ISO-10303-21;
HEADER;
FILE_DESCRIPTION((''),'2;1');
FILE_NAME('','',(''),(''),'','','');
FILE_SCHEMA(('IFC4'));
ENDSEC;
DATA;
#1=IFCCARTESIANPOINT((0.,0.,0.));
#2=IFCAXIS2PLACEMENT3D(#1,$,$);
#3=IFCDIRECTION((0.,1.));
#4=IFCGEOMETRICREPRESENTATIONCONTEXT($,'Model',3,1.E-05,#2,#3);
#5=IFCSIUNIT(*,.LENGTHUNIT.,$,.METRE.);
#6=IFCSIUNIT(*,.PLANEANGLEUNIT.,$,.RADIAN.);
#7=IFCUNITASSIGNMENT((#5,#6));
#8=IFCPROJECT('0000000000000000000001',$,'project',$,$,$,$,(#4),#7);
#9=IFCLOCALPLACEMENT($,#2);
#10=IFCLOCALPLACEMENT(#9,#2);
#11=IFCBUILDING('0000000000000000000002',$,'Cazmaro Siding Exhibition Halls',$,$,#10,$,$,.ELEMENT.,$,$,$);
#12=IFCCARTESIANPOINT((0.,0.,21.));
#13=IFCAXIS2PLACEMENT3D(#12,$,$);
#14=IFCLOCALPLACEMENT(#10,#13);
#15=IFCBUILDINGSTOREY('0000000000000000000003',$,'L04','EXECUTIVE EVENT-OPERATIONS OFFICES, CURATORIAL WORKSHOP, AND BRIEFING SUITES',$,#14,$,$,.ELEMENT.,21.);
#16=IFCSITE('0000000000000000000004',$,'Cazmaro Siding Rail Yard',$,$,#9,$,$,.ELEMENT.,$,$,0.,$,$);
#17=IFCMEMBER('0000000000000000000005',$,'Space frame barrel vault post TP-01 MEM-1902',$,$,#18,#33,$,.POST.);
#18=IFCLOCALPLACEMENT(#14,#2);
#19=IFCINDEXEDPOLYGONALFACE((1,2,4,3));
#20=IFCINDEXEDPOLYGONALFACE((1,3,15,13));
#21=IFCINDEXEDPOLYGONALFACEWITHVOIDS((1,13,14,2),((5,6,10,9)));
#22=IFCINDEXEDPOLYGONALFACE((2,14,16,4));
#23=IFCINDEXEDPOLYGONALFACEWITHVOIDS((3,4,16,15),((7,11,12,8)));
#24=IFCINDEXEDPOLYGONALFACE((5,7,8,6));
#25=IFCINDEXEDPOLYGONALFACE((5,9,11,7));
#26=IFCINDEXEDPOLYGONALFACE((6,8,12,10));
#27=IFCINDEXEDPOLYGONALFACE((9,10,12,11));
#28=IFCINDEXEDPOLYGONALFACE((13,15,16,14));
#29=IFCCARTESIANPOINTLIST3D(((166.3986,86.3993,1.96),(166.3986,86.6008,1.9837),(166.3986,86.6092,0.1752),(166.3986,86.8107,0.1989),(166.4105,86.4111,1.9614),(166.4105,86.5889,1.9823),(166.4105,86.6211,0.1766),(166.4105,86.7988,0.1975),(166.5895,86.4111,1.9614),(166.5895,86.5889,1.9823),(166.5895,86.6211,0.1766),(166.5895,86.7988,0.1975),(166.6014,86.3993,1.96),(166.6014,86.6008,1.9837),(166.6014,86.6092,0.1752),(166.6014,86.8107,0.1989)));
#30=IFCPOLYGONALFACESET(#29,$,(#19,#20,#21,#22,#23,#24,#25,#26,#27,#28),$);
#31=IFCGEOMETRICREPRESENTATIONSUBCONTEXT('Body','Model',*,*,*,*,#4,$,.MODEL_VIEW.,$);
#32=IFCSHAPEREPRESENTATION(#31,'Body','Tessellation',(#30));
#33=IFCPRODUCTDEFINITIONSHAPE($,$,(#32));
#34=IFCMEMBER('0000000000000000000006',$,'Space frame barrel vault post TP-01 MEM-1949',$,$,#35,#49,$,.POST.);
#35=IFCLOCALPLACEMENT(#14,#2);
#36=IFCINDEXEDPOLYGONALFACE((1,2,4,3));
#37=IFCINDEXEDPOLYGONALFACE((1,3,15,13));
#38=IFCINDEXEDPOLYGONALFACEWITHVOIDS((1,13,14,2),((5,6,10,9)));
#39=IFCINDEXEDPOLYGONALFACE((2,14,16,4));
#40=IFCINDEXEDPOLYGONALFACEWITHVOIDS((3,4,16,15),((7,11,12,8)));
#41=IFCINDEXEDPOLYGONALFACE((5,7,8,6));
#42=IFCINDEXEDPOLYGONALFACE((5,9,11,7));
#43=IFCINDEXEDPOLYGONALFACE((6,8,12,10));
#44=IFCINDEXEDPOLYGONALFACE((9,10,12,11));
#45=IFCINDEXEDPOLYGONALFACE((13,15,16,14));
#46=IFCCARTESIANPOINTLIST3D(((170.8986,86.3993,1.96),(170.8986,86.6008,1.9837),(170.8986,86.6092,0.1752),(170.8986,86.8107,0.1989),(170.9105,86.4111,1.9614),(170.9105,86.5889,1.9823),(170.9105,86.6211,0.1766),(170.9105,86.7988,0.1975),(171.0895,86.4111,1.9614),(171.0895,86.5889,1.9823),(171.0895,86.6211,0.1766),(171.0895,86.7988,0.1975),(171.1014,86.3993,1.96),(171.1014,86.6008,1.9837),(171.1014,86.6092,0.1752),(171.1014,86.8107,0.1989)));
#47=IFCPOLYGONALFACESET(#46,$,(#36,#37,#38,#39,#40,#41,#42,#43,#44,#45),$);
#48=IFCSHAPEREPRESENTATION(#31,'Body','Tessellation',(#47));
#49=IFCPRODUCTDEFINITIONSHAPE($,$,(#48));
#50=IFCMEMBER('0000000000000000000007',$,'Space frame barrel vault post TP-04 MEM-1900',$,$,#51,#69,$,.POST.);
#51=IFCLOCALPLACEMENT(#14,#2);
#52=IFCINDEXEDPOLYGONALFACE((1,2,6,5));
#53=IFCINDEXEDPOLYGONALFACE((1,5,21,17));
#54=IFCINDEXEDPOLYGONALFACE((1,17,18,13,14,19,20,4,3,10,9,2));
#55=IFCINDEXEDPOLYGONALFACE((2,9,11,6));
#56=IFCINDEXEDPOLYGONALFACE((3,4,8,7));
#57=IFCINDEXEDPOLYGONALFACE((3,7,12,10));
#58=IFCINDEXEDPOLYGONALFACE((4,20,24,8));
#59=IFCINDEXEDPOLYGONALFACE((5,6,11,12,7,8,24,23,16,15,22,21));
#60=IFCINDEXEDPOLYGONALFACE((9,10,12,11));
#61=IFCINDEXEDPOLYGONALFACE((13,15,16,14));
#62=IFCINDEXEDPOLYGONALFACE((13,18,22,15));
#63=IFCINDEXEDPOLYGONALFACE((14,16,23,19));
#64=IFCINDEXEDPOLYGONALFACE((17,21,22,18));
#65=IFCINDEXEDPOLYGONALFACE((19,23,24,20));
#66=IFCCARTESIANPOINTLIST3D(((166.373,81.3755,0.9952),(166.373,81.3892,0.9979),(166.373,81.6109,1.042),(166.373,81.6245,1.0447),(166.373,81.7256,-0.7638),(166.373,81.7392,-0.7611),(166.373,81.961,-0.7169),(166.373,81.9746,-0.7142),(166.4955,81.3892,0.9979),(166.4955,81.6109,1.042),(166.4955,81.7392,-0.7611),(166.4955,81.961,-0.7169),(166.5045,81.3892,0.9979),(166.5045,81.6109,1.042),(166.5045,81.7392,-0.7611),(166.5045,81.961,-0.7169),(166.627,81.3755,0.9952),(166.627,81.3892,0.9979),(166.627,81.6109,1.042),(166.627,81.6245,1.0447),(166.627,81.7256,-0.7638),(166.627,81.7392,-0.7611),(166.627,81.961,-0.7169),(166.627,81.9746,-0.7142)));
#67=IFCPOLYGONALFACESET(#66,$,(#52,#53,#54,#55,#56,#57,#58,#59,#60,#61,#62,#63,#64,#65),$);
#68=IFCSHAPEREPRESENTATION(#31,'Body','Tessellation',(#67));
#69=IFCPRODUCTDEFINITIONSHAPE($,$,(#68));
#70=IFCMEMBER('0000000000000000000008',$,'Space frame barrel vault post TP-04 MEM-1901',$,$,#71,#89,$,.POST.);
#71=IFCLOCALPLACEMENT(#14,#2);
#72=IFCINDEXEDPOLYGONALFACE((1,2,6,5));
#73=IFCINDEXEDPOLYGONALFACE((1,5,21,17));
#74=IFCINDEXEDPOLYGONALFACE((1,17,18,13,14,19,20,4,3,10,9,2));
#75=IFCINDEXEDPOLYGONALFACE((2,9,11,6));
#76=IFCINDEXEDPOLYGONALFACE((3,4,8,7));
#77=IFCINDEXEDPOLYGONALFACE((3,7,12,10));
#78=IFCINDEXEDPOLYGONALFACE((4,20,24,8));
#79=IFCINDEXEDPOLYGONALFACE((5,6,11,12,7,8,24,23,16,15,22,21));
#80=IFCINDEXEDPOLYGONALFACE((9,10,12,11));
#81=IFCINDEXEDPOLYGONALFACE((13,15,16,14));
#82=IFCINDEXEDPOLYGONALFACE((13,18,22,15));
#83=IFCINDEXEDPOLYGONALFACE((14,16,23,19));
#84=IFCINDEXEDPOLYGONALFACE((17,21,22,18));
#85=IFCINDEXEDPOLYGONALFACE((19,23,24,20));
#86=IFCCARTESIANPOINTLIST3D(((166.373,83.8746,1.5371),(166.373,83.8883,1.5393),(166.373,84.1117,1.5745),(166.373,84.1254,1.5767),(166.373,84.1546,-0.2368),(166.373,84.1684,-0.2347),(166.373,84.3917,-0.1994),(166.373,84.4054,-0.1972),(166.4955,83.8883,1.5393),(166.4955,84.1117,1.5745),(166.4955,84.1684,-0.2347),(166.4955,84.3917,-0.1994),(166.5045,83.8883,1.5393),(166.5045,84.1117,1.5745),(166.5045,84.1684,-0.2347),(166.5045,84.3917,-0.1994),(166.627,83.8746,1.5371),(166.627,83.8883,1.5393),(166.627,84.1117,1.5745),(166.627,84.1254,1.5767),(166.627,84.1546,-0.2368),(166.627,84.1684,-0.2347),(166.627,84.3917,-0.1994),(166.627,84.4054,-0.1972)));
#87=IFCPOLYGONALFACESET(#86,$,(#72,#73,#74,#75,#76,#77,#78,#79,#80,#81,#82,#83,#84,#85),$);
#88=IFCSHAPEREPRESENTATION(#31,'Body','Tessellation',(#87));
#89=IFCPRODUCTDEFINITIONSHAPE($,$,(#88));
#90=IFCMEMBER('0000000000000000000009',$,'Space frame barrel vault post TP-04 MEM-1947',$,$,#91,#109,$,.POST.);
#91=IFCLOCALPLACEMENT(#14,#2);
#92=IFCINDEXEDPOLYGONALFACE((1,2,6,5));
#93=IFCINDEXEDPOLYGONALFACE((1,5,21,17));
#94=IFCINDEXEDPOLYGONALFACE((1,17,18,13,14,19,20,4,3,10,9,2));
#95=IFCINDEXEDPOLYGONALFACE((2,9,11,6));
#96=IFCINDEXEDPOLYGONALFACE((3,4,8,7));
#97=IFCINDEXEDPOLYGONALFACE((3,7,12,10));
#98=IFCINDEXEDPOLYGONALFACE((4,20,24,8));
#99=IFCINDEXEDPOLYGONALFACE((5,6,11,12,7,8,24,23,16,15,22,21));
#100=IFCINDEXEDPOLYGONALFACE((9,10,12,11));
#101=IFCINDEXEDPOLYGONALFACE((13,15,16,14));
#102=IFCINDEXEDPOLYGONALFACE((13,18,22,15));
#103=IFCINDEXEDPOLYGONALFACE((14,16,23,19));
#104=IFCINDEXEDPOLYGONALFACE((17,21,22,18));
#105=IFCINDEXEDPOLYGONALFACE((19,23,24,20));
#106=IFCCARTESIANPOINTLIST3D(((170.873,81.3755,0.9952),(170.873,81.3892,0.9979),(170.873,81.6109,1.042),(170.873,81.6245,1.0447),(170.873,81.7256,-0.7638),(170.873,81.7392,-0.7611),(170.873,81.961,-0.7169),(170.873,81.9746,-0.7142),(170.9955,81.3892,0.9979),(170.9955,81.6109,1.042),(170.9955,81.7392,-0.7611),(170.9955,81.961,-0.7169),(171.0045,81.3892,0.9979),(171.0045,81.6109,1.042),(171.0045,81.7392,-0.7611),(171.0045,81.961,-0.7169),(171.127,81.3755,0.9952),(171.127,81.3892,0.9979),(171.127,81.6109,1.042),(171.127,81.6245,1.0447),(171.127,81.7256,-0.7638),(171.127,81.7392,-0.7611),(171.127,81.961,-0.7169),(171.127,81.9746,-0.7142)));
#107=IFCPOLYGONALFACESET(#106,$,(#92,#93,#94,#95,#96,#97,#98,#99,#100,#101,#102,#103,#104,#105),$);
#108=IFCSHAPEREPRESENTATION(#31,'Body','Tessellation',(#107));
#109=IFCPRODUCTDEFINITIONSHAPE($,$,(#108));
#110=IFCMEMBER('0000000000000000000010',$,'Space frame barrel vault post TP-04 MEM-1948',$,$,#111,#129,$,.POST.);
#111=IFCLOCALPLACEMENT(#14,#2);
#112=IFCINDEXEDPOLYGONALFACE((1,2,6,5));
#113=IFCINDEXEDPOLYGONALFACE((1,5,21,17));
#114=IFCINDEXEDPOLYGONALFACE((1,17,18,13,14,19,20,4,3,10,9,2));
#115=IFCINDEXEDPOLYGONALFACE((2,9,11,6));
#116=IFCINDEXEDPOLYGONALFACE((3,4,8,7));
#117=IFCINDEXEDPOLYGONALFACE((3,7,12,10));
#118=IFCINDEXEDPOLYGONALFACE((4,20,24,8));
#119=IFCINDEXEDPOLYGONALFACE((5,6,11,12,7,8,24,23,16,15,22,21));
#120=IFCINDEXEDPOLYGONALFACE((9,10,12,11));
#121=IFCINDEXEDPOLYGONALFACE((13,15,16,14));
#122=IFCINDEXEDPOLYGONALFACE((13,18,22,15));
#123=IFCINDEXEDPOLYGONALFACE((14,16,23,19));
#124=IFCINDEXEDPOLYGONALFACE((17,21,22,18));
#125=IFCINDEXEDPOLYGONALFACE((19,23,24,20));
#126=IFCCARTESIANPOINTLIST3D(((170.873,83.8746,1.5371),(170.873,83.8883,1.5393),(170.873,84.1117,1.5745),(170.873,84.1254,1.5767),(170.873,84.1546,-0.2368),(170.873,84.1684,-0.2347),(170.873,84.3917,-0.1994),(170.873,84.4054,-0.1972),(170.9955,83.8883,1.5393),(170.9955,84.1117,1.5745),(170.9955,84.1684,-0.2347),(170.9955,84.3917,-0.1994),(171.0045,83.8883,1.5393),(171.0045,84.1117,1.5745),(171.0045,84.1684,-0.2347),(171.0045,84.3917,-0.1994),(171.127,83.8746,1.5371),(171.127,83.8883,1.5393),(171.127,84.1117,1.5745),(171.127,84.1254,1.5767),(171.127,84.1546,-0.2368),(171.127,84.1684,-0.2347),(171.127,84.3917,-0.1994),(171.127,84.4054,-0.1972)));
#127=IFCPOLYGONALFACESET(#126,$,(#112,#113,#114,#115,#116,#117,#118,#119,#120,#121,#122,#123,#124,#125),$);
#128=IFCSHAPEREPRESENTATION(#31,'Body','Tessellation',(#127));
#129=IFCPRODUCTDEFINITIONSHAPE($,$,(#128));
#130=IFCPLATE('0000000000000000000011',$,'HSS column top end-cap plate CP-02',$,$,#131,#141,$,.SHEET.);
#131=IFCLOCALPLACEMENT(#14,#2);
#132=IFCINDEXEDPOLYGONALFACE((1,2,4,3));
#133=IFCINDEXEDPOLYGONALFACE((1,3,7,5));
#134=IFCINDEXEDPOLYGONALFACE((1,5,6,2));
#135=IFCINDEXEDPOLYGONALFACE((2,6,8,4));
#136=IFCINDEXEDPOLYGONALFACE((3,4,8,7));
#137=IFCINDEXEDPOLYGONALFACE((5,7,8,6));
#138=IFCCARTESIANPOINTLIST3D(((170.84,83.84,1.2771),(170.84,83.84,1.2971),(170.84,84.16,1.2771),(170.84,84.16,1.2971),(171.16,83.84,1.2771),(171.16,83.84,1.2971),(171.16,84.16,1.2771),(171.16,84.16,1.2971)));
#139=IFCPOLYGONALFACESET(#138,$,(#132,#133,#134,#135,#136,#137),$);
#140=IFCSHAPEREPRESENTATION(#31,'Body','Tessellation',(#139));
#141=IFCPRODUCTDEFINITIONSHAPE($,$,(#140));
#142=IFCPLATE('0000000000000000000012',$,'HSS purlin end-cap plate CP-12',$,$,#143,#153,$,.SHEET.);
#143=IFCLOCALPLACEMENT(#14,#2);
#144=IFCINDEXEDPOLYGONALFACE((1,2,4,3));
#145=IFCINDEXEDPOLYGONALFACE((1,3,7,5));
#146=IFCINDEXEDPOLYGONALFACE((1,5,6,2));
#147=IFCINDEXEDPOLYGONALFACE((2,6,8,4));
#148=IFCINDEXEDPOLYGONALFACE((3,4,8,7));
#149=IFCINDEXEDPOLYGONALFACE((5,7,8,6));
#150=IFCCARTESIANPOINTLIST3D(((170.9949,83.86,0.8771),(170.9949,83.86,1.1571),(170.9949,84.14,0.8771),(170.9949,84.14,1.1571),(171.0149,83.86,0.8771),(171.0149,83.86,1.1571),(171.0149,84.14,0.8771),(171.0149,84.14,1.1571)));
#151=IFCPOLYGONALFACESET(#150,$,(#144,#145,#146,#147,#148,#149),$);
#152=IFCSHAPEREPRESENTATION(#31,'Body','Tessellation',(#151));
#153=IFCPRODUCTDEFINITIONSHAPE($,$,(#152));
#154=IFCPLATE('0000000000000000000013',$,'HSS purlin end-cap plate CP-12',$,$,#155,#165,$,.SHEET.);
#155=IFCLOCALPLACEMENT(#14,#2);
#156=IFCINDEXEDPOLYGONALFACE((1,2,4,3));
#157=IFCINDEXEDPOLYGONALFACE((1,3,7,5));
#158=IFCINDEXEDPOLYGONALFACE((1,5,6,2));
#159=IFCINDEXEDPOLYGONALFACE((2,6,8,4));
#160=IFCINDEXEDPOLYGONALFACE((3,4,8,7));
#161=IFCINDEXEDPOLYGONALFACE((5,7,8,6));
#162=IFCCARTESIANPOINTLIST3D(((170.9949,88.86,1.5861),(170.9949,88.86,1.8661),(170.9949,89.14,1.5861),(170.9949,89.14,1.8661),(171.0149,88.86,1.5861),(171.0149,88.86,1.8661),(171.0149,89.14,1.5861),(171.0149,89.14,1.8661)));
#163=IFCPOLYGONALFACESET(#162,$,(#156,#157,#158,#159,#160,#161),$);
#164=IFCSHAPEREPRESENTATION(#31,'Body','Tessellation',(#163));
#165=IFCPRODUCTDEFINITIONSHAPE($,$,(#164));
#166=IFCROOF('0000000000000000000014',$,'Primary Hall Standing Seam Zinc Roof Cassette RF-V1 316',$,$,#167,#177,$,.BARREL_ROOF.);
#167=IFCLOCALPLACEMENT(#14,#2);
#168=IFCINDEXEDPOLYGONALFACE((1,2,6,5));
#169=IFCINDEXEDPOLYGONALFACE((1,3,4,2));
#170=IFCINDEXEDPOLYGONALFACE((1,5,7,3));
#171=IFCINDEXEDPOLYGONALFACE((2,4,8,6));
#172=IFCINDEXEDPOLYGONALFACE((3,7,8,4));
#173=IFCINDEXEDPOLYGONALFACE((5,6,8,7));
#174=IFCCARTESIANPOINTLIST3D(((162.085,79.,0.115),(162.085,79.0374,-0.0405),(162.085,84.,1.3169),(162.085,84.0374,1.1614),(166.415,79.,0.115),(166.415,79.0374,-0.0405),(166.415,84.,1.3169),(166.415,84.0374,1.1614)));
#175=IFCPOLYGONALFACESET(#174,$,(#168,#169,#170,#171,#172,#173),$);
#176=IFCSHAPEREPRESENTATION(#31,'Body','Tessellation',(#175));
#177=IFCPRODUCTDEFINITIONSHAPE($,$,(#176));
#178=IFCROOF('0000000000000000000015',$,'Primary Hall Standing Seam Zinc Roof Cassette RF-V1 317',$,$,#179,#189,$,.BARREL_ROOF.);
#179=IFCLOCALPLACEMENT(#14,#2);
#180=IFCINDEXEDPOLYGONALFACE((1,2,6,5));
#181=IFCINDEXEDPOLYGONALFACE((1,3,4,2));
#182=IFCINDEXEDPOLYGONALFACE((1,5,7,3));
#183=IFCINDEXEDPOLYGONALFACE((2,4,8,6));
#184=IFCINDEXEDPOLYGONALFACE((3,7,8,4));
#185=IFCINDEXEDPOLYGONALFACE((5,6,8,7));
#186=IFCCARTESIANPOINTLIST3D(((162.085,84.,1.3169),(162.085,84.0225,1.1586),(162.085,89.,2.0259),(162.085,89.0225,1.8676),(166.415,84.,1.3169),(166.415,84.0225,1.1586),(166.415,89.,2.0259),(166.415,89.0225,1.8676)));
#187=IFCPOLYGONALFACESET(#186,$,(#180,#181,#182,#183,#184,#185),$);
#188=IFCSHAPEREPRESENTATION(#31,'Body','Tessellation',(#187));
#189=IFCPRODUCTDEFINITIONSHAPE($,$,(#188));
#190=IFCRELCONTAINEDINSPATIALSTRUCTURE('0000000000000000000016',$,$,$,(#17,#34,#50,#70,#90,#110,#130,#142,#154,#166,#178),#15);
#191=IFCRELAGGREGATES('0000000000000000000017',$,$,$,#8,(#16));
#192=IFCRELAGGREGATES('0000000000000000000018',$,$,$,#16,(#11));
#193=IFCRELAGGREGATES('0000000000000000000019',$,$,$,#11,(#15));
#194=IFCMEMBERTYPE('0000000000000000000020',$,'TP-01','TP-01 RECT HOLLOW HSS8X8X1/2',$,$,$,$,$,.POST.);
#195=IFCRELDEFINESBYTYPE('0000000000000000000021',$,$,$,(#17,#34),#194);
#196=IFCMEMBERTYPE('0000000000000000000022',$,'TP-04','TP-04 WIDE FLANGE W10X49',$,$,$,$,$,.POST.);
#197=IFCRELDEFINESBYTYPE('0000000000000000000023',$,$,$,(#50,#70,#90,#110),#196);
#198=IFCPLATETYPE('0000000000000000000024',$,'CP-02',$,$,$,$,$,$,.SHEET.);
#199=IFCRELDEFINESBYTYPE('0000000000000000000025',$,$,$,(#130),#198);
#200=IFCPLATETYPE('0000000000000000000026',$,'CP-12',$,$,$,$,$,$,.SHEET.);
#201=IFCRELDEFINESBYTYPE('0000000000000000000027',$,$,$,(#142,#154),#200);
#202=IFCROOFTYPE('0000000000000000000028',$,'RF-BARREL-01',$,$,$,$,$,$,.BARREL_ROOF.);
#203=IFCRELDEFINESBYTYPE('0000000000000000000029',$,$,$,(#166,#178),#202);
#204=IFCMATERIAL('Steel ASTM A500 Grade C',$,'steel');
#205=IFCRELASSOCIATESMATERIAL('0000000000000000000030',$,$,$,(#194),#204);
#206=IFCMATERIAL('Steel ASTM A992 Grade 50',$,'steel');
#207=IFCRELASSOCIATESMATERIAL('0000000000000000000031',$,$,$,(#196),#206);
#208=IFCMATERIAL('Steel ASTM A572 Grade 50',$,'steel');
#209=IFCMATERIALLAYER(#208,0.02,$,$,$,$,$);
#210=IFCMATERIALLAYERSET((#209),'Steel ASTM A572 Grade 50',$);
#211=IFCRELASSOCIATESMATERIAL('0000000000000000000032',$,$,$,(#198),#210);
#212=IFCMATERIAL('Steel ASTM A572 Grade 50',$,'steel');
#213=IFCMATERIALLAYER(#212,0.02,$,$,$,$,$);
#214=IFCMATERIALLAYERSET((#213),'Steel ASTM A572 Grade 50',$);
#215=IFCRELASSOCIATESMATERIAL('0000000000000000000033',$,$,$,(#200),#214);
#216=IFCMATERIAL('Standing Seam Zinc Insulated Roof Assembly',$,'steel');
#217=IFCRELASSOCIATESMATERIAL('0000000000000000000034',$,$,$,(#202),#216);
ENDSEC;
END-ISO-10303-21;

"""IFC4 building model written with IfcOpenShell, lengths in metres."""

from ifc_helpers import new_model, si_unit, direction, frame, origin, origin_2d, place, context, subcontext, project, spatial, polyline, rectangle, hollow_rectangle, i_section, outline, extrude, material, layer, layer_set, material_profile, profile_set, type_object, element, save


model = new_model("IFC4")

# Units and contexts
model_context = context("Model", 3, precision=1e-05, world=origin(), true_north=direction((0.0, 1.0)))
body_context = subcontext(model_context, "Body", "Model", "MODEL_VIEW")
ifc_project = project(units=[si_unit("LENGTHUNIT", "METRE"), si_unit("PLANEANGLEUNIT", "RADIAN")], contexts=[model_context])

# Site, building, storey
site_placement = place(None, origin())
site = spatial("IfcSite", under=ifc_project, at=site_placement, Name="Cazmaro Siding Rail Yard", CompositionType="ELEMENT", RefElevation=0.0)
building_placement = place(site_placement, origin())
building = spatial("IfcBuilding", under=site, at=building_placement, Name="Cazmaro Siding Exhibition Halls", CompositionType="ELEMENT")
storey_placement = place(building_placement, frame((0.0, 0.0, 21.0)))
storey = spatial("IfcBuildingStorey", under=building, at=storey_placement, Name="L04", Description="EXECUTIVE EVENT-OPERATIONS OFFICES, CURATORIAL WORKSHOP, AND BRIEFING SUITES", CompositionType="ELEMENT", Elevation=21.0)

# Members
ifc_material_1 = material(Name="Steel ASTM A500 Grade C", Category="steel")
ifc_material_profile_1 = material_profile(ifc_material_1, hollow_rectangle(XDim=0.2029, YDim=0.2029, WallThickness=0.012, at=origin_2d()), Name="HSS8X8X1/2")
ifc_profile_set_1 = profile_set([ifc_material_profile_1], Name="Steel ASTM A500 Grade C")
member_type_1 = type_object("IfcMemberType", Name="TP-01", Description="TP-01 RECT HOLLOW HSS8X8X1/2", PredefinedType="POST", material=ifc_profile_set_1)
for number, where, z_axis, x_axis, name in (
    (1, (166.5, 86.71, 0.187), (0.0, -0.116825, 0.993152), (1.0, 0.0, 0.0), "Space frame barrel vault post TP-01 MEM-1902"),
    (2, (171.0, 86.71, 0.187), (0.0, -0.116825, 0.993152), (1.0, 0.0, 0.0), "Space frame barrel vault post TP-01 MEM-1949"),
):
    element("IfcMember", number, at=place(storey_placement, frame(where, z_axis=z_axis, x_axis=x_axis)), inside=storey, type_object=member_type_1, Name=name, PredefinedType="POST", context=body_context, shape_type="SweptSolid", body=[
        extrude(hollow_rectangle(XDim=0.2029, YDim=0.2029, WallThickness=0.012, at=origin_2d()), origin(), (0.0, 0.0, 1.0), 1.7971),
    ])
ifc_material_2 = material(Name="Steel ASTM A992 Grade 50", Category="steel")
ifc_material_profile_2 = material_profile(ifc_material_2, i_section(OverallWidth=0.2539, OverallDepth=0.2539, WebThickness=0.009, FlangeThickness=0.0139, at=origin_2d()), Name="W10X49")
ifc_profile_set_2 = profile_set([ifc_material_profile_2], Name="Steel ASTM A992 Grade 50")
member_type_2 = type_object("IfcMemberType", Name="TP-04", Description="TP-04 WIDE FLANGE W10X49", PredefinedType="POST", material=ifc_profile_set_2)
member_1_placement = place(storey_placement, frame((166.5, 81.8501, -0.739), z_axis=(0.0, -0.1952, 0.980763), x_axis=(1.0, 0.0, 0.0)))
element("IfcMember", 3, at=member_1_placement, inside=storey, type_object=member_type_2, Name="Space frame barrel vault post TP-04 MEM-1900", PredefinedType="POST", context=body_context, shape_type="SweptSolid", body=[
    extrude(i_section(OverallWidth=0.2539, OverallDepth=0.2539, WebThickness=0.009, FlangeThickness=0.0139, at=origin_2d()), origin(), (0.0, 0.0, 1.0), 1.7935),
])
member_2_placement = place(storey_placement, frame((166.5, 84.28, -0.217), z_axis=(0.0, -0.155928, 0.987768), x_axis=(1.0, 0.0, 0.0)))
element("IfcMember", 4, at=member_2_placement, inside=storey, type_object=member_type_2, Name="Space frame barrel vault post TP-04 MEM-1901", PredefinedType="POST", context=body_context, shape_type="SweptSolid", body=[
    extrude(i_section(OverallWidth=0.2539, OverallDepth=0.2539, WebThickness=0.009, FlangeThickness=0.0139, at=origin_2d()), origin(), (0.0, 0.0, 1.0), 1.7959),
])
member_3_placement = place(storey_placement, frame((171.0, 81.8501, -0.739), z_axis=(0.0, -0.1952, 0.980763), x_axis=(1.0, 0.0, 0.0)))
element("IfcMember", 5, at=member_3_placement, inside=storey, type_object=member_type_2, Name="Space frame barrel vault post TP-04 MEM-1947", PredefinedType="POST", context=body_context, shape_type="SweptSolid", body=[
    extrude(i_section(OverallWidth=0.2539, OverallDepth=0.2539, WebThickness=0.009, FlangeThickness=0.0139, at=origin_2d()), origin(), (0.0, 0.0, 1.0), 1.7935),
])
member_4_placement = place(storey_placement, frame((171.0, 84.28, -0.217), z_axis=(0.0, -0.155928, 0.987768), x_axis=(1.0, 0.0, 0.0)))
element("IfcMember", 6, at=member_4_placement, inside=storey, type_object=member_type_2, Name="Space frame barrel vault post TP-04 MEM-1948", PredefinedType="POST", context=body_context, shape_type="SweptSolid", body=[
    extrude(i_section(OverallWidth=0.2539, OverallDepth=0.2539, WebThickness=0.009, FlangeThickness=0.0139, at=origin_2d()), origin(), (0.0, 0.0, 1.0), 1.7959),
])

# Plates
ifc_material_3 = material(Name="Steel ASTM A572 Grade 50", Category="steel")
ifc_layer_1 = layer(ifc_material_3, 0.02)
ifc_layer_set_1 = layer_set([ifc_layer_1], Name="Steel ASTM A572 Grade 50")
plate_type_1 = type_object("IfcPlateType", Name="CP-02", PredefinedType="SHEET", material=ifc_layer_set_1)
plate_placement = place(storey_placement, frame((171.0, 84.0, 1.2771), z_axis=(0.0, 0.0, 1.0), x_axis=(1.0, 0.0, 0.0)))
element("IfcPlate", 7, at=plate_placement, inside=storey, type_object=plate_type_1, Name="HSS column top end-cap plate CP-02", PredefinedType="SHEET", context=body_context, shape_type="SweptSolid", body=[
    extrude(rectangle(XDim=0.3201, YDim=0.3201, at=origin_2d()), origin(), (0.0, 0.0, 1.0), 0.02),
])
ifc_material_4 = material(Name="Steel ASTM A572 Grade 50", Category="steel")
ifc_layer_2 = layer(ifc_material_4, 0.02)
ifc_layer_set_2 = layer_set([ifc_layer_2], Name="Steel ASTM A572 Grade 50")
plate_type_2 = type_object("IfcPlateType", Name="CP-12", PredefinedType="SHEET", material=ifc_layer_set_2)
for number, where, z_axis, x_axis, name in (
    (8, (170.9949, 84.0, 1.0171), (1.0, 0.0, 0.0), (0.0, 1.0, 0.0), "HSS purlin end-cap plate CP-12"),
    (9, (170.9949, 89.0, 1.7261), (1.0, 0.0, 0.0), (0.0, 1.0, 0.0), "HSS purlin end-cap plate CP-12"),
):
    element("IfcPlate", number, at=place(storey_placement, frame(where, z_axis=z_axis, x_axis=x_axis)), inside=storey, type_object=plate_type_2, Name=name, PredefinedType="SHEET", context=body_context, shape_type="SweptSolid", body=[
        extrude(rectangle(XDim=0.28, YDim=0.28, at=origin_2d()), origin(), (0.0, 0.0, 1.0), 0.02),
    ])

# Roofs
ifc_material_5 = material(Name="Standing Seam Zinc Insulated Roof Assembly", Category="steel")
roof_type = type_object("IfcRoofType", Name="RF-BARREL-01", PredefinedType="BARREL_ROOF", material=ifc_material_5)
roof_1_placement = place(storey_placement, frame((162.085, 79.0, 0.115), z_axis=(0.0, -0.233723, 0.972303), x_axis=(1.0, 0.0, 0.0)))
element("IfcRoof", 10, at=roof_1_placement, inside=storey, type_object=roof_type, Name="Primary Hall Standing Seam Zinc Roof Cassette RF-V1 316", PredefinedType="BARREL_ROOF", context=body_context, shape_type="SweptSolid", body=[
    extrude(outline(polyline([(0.0, 0.0), (4.3301, 0.0), (4.3301, 5.1424), (0.0, 5.1424), (0.0, 0.0)])), origin(), (0.0, 0.0, -1.0), 0.1599),
])
roof_2_placement = place(storey_placement, frame((162.085, 84.0, 1.3169), z_axis=(0.0, -0.140393, 0.990096), x_axis=(1.0, 0.0, 0.0)))
element("IfcRoof", 11, at=roof_2_placement, inside=storey, type_object=roof_type, Name="Primary Hall Standing Seam Zinc Roof Cassette RF-V1 317", PredefinedType="BARREL_ROOF", context=body_context, shape_type="SweptSolid", body=[
    extrude(outline(polyline([(0.0, 0.0), (4.3301, 0.0), (4.3301, 5.05), (0.0, 5.05), (0.0, 0.0)])), origin(), (0.0, 0.0, -1.0), 0.1599),
])

save(model, "model.ifc")
